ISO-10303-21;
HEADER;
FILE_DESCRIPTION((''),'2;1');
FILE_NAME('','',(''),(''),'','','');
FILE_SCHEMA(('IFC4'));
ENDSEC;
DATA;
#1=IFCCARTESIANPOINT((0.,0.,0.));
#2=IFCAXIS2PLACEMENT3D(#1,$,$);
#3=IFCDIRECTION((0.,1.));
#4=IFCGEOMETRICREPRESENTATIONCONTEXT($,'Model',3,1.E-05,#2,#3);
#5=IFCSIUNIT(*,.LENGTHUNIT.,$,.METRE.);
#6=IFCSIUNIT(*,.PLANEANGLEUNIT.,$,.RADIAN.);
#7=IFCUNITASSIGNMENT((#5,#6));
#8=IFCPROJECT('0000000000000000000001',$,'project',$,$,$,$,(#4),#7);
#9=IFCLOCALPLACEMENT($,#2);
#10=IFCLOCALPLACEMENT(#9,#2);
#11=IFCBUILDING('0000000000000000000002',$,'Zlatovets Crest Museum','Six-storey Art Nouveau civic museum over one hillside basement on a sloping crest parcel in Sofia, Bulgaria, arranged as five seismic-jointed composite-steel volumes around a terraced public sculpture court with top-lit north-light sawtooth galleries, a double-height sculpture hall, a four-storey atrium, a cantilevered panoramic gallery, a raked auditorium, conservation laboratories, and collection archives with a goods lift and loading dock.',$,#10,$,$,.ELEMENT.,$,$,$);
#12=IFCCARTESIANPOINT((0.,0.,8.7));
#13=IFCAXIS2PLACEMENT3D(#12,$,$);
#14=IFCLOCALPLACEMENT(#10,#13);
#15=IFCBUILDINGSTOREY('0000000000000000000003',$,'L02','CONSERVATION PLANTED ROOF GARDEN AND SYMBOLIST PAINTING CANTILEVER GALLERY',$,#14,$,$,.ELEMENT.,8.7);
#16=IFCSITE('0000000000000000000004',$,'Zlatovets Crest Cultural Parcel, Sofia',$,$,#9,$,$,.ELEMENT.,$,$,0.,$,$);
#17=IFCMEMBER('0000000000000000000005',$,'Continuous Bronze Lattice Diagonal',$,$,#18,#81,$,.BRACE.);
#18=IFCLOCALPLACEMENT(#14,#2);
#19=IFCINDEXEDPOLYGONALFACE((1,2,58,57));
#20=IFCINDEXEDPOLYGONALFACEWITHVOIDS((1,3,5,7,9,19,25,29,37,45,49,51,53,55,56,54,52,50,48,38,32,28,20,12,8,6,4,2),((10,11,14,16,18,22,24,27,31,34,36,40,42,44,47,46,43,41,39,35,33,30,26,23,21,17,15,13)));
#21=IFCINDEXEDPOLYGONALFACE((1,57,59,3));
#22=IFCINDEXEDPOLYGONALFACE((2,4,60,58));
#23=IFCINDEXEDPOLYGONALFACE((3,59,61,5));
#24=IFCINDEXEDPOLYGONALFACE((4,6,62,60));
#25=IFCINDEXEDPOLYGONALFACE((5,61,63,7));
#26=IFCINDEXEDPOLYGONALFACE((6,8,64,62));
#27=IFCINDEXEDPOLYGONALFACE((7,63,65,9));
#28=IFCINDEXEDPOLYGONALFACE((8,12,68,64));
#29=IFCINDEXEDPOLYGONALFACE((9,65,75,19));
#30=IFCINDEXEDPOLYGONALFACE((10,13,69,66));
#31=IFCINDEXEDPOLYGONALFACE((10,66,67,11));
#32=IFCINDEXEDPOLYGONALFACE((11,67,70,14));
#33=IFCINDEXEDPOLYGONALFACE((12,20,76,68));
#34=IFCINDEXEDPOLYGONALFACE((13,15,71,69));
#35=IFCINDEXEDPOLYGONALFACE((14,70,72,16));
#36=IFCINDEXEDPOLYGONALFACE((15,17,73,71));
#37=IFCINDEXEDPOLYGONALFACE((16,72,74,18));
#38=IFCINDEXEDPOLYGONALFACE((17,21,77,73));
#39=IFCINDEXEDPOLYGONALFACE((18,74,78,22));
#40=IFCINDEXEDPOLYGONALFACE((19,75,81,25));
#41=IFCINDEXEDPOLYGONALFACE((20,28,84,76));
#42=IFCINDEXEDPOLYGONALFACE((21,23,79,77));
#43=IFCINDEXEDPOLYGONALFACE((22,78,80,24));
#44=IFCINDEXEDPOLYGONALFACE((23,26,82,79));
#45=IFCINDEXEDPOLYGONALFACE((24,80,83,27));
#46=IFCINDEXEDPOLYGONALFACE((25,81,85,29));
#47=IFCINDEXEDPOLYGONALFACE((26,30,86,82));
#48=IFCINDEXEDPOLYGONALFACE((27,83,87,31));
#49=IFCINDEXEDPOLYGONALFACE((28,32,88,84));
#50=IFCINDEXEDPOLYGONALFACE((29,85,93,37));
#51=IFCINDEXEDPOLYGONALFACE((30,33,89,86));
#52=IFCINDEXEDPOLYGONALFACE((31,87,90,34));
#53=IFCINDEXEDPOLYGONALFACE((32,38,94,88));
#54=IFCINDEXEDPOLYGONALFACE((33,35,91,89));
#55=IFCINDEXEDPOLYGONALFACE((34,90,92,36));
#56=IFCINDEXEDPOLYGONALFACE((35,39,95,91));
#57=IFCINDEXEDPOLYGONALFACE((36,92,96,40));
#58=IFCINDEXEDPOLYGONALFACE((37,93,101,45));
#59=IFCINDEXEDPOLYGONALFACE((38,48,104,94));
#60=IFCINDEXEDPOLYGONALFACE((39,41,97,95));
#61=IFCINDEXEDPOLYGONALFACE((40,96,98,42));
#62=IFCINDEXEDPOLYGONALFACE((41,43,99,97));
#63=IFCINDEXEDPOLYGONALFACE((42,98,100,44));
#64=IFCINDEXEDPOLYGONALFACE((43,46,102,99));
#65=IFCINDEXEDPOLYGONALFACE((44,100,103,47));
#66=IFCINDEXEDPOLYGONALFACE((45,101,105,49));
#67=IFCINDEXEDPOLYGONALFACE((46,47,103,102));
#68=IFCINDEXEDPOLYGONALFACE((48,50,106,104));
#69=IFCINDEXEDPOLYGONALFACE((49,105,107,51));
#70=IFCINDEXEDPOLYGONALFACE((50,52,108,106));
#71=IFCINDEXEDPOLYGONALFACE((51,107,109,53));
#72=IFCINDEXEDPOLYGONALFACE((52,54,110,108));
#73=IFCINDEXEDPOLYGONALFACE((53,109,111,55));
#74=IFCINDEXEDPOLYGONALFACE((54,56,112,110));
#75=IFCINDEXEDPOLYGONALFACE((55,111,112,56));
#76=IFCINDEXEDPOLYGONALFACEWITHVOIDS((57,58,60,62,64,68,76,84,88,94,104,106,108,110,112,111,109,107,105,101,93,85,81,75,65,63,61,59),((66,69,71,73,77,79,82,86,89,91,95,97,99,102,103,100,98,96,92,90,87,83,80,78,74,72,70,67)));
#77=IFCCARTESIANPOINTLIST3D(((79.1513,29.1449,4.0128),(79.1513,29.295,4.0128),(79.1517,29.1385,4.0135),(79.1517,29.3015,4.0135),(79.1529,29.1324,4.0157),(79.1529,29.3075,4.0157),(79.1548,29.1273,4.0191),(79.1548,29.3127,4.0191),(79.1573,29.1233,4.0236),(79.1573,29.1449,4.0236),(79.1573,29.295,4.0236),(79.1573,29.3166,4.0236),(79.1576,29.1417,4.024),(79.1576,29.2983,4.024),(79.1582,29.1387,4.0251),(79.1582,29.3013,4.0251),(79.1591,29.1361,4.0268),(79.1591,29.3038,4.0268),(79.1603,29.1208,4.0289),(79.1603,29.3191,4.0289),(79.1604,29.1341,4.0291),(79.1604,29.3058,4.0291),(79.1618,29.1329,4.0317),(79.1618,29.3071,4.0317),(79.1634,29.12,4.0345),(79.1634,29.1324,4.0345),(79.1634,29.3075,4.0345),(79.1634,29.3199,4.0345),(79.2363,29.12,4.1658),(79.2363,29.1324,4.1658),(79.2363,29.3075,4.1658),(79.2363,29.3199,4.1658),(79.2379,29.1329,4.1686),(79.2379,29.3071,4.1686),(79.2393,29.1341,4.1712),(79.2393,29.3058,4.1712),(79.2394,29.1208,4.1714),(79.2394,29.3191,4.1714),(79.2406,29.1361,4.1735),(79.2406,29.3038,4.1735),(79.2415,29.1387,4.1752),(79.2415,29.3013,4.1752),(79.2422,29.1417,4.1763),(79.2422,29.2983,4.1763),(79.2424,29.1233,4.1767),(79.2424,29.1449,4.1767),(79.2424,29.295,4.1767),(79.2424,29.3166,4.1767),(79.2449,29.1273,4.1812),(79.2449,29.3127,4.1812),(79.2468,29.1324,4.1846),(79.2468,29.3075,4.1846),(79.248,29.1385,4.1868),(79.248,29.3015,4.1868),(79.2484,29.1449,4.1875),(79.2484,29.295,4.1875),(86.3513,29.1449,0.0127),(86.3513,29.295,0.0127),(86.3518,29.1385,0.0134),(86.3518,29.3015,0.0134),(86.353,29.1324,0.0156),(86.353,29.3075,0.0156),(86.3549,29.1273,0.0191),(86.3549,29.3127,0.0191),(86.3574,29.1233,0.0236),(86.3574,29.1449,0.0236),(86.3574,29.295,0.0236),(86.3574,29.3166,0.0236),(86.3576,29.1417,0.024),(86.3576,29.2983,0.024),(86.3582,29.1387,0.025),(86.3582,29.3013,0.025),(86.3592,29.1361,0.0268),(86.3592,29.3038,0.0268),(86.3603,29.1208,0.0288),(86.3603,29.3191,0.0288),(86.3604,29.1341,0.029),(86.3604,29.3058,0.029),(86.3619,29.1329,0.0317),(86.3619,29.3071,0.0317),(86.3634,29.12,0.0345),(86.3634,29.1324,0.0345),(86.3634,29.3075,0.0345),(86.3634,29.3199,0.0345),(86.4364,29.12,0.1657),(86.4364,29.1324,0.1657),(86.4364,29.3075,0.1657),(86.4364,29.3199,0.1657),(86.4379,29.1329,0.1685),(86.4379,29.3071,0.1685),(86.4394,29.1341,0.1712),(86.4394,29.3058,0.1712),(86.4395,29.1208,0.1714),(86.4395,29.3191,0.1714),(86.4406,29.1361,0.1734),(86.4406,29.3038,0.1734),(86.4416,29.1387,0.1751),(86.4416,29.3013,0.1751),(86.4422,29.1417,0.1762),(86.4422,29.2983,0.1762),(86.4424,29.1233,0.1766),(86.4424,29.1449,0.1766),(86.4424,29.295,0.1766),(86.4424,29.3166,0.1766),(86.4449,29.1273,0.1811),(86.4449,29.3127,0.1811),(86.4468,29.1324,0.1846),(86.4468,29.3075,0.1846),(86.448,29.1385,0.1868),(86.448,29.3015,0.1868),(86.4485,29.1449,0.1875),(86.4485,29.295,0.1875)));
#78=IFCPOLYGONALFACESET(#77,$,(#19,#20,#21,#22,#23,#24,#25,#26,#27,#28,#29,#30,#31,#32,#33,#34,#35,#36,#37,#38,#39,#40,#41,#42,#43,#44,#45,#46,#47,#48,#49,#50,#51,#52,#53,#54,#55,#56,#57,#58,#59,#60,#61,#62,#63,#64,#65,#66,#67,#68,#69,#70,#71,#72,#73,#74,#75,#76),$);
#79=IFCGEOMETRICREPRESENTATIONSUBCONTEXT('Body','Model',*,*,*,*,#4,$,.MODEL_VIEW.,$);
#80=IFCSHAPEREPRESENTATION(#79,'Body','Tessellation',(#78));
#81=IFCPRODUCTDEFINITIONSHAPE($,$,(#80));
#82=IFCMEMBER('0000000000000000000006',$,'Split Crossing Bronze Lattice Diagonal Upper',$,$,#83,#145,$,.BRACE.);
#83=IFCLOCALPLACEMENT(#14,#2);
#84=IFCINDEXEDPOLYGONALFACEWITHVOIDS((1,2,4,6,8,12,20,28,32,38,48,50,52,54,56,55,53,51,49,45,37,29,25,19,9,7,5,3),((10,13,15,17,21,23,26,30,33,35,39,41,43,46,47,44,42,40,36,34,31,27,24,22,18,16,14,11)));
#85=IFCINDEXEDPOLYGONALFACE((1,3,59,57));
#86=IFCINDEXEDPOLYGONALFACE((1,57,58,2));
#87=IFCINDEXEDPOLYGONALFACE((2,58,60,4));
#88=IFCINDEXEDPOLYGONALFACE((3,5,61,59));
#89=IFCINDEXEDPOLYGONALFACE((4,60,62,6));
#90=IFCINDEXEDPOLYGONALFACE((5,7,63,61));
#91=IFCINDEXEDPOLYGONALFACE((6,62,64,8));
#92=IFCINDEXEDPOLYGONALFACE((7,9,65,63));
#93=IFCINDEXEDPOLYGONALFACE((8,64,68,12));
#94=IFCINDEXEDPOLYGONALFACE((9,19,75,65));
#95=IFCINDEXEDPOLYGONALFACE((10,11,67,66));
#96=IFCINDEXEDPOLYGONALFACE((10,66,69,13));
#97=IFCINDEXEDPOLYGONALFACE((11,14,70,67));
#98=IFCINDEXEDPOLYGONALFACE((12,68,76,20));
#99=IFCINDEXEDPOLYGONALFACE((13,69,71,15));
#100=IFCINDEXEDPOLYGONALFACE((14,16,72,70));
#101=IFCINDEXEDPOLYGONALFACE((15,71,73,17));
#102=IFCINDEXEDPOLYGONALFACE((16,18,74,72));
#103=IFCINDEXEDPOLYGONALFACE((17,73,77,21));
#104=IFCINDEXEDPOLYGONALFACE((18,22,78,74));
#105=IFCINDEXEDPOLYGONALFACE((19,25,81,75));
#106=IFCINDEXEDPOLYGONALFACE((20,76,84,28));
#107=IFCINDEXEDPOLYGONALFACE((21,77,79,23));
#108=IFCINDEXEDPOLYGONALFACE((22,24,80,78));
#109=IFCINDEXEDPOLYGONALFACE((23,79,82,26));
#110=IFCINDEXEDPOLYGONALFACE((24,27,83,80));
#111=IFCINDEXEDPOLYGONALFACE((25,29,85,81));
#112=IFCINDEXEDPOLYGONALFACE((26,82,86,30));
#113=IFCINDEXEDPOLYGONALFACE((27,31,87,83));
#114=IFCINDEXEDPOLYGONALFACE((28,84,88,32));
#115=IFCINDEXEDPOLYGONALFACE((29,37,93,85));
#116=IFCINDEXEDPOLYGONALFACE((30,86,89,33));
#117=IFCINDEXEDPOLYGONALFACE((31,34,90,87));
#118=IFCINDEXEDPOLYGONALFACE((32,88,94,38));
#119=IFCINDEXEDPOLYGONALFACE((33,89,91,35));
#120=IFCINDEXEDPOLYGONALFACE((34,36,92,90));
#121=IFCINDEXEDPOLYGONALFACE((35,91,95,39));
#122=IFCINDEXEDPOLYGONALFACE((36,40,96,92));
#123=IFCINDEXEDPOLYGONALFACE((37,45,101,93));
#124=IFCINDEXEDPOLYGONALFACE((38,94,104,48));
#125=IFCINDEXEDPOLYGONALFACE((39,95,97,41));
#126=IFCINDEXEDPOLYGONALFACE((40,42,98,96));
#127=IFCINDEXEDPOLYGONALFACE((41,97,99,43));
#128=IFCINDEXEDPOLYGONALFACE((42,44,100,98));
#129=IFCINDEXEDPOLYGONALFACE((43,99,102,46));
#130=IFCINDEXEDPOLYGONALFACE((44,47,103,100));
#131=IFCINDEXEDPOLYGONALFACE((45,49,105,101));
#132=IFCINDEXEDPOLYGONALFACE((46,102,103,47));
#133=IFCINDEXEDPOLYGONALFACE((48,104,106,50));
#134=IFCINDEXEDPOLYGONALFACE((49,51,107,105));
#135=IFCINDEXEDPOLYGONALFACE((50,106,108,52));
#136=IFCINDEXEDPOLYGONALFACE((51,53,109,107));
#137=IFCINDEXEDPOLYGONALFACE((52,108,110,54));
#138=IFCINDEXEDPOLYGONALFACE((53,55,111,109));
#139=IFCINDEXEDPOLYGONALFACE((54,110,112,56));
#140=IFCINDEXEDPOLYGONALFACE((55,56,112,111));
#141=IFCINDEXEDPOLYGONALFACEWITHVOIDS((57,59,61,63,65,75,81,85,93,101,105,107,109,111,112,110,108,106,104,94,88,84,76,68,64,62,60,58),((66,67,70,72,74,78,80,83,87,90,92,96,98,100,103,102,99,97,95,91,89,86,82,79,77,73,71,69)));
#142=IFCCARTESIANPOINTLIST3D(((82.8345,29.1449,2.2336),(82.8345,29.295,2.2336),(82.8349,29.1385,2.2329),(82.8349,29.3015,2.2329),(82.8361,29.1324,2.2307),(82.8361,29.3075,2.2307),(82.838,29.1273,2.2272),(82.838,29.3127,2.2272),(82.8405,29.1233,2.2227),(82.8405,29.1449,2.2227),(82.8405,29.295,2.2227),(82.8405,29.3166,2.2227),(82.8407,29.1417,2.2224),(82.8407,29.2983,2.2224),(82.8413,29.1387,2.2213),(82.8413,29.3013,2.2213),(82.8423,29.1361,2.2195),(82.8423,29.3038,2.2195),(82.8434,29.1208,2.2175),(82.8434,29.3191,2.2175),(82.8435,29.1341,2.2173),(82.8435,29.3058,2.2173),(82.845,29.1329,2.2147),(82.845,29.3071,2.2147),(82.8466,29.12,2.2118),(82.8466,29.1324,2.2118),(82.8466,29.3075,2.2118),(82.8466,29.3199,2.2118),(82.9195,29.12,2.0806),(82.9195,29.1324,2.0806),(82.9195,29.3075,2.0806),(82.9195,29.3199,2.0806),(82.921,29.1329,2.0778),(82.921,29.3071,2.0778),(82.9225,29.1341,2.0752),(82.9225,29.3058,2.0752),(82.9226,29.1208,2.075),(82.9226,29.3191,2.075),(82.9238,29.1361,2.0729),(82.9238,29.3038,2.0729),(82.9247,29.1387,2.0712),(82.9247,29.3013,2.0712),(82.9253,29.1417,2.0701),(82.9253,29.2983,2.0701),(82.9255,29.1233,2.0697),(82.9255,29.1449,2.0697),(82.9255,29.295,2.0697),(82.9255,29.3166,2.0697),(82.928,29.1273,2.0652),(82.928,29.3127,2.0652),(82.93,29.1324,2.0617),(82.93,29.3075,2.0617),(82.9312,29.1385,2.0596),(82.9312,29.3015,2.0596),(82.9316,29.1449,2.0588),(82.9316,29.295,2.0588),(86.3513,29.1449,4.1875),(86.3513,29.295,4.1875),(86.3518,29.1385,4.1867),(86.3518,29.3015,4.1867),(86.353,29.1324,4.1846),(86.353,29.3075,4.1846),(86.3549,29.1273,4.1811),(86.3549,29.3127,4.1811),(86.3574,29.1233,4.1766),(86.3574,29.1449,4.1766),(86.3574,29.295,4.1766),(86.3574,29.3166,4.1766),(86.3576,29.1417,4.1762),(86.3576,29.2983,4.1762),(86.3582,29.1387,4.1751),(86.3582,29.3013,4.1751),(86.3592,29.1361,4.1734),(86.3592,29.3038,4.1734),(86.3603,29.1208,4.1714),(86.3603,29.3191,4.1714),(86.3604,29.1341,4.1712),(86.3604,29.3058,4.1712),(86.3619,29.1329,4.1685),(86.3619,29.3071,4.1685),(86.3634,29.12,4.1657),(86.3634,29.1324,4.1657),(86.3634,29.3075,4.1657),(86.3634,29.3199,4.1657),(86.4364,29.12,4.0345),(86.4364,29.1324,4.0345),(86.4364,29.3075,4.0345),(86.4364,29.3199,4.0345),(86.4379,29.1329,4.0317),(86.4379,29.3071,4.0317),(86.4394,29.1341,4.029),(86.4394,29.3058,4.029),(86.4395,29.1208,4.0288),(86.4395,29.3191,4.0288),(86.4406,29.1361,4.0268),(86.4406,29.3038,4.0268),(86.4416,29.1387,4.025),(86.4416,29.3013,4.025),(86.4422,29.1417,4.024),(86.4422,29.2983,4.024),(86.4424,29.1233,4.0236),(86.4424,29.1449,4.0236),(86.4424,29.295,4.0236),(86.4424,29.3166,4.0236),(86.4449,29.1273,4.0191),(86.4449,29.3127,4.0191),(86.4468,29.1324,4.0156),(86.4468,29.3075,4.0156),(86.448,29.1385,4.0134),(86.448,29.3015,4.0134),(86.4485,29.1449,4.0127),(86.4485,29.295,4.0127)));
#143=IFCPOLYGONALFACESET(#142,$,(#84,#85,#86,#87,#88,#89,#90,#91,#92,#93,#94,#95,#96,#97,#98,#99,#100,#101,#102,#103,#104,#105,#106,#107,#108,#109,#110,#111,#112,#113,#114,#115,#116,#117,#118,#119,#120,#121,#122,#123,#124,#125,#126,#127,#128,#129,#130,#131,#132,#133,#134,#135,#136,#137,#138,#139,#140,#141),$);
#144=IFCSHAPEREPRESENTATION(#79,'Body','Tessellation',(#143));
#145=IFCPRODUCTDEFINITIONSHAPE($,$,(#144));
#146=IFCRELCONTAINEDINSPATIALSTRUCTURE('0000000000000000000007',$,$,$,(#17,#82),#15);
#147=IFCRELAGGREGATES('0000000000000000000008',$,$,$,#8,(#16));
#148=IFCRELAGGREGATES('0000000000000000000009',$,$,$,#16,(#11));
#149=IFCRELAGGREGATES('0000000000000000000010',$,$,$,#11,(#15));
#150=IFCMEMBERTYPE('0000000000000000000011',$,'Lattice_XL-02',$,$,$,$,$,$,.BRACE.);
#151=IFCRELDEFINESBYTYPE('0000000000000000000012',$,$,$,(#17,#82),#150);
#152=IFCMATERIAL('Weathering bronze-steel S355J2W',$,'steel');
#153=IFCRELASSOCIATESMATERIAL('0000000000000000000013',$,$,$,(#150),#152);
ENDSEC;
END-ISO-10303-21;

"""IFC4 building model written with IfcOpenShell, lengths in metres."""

from ifc_helpers import new_model, si_unit, direction, frame, origin, origin_2d, place, context, subcontext, project, spatial, hollow_rectangle, extrude, material, material_profile, profile_set, type_object, element, save


model = new_model("IFC4")

# Units and contexts
model_context = context("Model", 3, precision=1e-05, world=origin(), true_north=direction((0.0, 1.0)))
body_context = subcontext(model_context, "Body", "Model", "MODEL_VIEW")
ifc_project = project(units=[si_unit("LENGTHUNIT", "METRE"), si_unit("PLANEANGLEUNIT", "RADIAN")], contexts=[model_context])

# Site, building, storey
site_placement = place(None, origin())
site = spatial("IfcSite", under=ifc_project, at=site_placement, Name="Zlatovets Crest Cultural Parcel, Sofia", CompositionType="ELEMENT", RefElevation=0.0)
building_placement = place(site_placement, origin())
building = spatial("IfcBuilding", under=site, at=building_placement, Name="Zlatovets Crest Museum", Description="Six-storey Art Nouveau civic museum over one hillside basement on a sloping crest parcel in Sofia, Bulgaria, arranged as five seismic-jointed composite-steel volumes around a terraced public sculpture court with top-lit north-light sawtooth galleries, a double-height sculpture hall, a four-storey atrium, a cantilevered panoramic gallery, a raked auditorium, conservation laboratories, and collection archives with a goods lift and loading dock.", CompositionType="ELEMENT")
storey_placement = place(building_placement, frame((0.0, 0.0, 8.7)))
storey = spatial("IfcBuildingStorey", under=building, at=storey_placement, Name="L02", Description="CONSERVATION PLANTED ROOF GARDEN AND SYMBOLIST PAINTING CANTILEVER GALLERY", CompositionType="ELEMENT", Elevation=8.7)

# Members
ifc_material_1 = material(Name="Weathering bronze-steel S355J2W", Category="steel")
ifc_material_profile_1 = material_profile(ifc_material_1, hollow_rectangle(XDim=0.2, YDim=0.2, WallThickness=0.0125, InnerFilletRadius=0.0125, OuterFilletRadius=0.0249, at=origin_2d()), Name="SHS 200x200x12.5")
ifc_profile_set_1 = profile_set([ifc_material_profile_1], Name="Weathering bronze-steel S355J2W")
member_type_1 = type_object("IfcMemberType", Name="Lattice_XL-02", PredefinedType="BRACE", material=ifc_profile_set_1)
member_1_placement = place(storey_placement, frame((86.3999, 29.22, 0.1001), z_axis=(-0.874156, 0.0, 0.485645), x_axis=(0.0, -1.0, 0.0)))
element("IfcMember", 1, at=member_1_placement, inside=storey, type_object=member_type_1, Name="Continuous Bronze Lattice Diagonal", PredefinedType="BRACE", context=body_context, shape_type="SweptSolid", body=[
    extrude(hollow_rectangle(XDim=0.2, YDim=0.2, WallThickness=0.0125, InnerFilletRadius=0.0125, OuterFilletRadius=0.0249, at=origin_2d()), origin(), (0.0, 0.0, 1.0), 8.2366),
])
member_2_placement = place(storey_placement, frame((86.3999, 29.22, 4.1001), z_axis=(-0.874152, 0.0, -0.485653), x_axis=(0.0, -1.0, 0.0)))
element("IfcMember", 2, at=member_2_placement, inside=storey, type_object=member_type_1, Name="Split Crossing Bronze Lattice Diagonal Upper", PredefinedType="BRACE", context=body_context, shape_type="SweptSolid", body=[
    extrude(hollow_rectangle(XDim=0.2, YDim=0.2, WallThickness=0.0125, InnerFilletRadius=0.0125, OuterFilletRadius=0.0249, at=origin_2d()), origin(), (0.0, 0.0, 1.0), 4.0232),
])

save(model, "model.ifc")
